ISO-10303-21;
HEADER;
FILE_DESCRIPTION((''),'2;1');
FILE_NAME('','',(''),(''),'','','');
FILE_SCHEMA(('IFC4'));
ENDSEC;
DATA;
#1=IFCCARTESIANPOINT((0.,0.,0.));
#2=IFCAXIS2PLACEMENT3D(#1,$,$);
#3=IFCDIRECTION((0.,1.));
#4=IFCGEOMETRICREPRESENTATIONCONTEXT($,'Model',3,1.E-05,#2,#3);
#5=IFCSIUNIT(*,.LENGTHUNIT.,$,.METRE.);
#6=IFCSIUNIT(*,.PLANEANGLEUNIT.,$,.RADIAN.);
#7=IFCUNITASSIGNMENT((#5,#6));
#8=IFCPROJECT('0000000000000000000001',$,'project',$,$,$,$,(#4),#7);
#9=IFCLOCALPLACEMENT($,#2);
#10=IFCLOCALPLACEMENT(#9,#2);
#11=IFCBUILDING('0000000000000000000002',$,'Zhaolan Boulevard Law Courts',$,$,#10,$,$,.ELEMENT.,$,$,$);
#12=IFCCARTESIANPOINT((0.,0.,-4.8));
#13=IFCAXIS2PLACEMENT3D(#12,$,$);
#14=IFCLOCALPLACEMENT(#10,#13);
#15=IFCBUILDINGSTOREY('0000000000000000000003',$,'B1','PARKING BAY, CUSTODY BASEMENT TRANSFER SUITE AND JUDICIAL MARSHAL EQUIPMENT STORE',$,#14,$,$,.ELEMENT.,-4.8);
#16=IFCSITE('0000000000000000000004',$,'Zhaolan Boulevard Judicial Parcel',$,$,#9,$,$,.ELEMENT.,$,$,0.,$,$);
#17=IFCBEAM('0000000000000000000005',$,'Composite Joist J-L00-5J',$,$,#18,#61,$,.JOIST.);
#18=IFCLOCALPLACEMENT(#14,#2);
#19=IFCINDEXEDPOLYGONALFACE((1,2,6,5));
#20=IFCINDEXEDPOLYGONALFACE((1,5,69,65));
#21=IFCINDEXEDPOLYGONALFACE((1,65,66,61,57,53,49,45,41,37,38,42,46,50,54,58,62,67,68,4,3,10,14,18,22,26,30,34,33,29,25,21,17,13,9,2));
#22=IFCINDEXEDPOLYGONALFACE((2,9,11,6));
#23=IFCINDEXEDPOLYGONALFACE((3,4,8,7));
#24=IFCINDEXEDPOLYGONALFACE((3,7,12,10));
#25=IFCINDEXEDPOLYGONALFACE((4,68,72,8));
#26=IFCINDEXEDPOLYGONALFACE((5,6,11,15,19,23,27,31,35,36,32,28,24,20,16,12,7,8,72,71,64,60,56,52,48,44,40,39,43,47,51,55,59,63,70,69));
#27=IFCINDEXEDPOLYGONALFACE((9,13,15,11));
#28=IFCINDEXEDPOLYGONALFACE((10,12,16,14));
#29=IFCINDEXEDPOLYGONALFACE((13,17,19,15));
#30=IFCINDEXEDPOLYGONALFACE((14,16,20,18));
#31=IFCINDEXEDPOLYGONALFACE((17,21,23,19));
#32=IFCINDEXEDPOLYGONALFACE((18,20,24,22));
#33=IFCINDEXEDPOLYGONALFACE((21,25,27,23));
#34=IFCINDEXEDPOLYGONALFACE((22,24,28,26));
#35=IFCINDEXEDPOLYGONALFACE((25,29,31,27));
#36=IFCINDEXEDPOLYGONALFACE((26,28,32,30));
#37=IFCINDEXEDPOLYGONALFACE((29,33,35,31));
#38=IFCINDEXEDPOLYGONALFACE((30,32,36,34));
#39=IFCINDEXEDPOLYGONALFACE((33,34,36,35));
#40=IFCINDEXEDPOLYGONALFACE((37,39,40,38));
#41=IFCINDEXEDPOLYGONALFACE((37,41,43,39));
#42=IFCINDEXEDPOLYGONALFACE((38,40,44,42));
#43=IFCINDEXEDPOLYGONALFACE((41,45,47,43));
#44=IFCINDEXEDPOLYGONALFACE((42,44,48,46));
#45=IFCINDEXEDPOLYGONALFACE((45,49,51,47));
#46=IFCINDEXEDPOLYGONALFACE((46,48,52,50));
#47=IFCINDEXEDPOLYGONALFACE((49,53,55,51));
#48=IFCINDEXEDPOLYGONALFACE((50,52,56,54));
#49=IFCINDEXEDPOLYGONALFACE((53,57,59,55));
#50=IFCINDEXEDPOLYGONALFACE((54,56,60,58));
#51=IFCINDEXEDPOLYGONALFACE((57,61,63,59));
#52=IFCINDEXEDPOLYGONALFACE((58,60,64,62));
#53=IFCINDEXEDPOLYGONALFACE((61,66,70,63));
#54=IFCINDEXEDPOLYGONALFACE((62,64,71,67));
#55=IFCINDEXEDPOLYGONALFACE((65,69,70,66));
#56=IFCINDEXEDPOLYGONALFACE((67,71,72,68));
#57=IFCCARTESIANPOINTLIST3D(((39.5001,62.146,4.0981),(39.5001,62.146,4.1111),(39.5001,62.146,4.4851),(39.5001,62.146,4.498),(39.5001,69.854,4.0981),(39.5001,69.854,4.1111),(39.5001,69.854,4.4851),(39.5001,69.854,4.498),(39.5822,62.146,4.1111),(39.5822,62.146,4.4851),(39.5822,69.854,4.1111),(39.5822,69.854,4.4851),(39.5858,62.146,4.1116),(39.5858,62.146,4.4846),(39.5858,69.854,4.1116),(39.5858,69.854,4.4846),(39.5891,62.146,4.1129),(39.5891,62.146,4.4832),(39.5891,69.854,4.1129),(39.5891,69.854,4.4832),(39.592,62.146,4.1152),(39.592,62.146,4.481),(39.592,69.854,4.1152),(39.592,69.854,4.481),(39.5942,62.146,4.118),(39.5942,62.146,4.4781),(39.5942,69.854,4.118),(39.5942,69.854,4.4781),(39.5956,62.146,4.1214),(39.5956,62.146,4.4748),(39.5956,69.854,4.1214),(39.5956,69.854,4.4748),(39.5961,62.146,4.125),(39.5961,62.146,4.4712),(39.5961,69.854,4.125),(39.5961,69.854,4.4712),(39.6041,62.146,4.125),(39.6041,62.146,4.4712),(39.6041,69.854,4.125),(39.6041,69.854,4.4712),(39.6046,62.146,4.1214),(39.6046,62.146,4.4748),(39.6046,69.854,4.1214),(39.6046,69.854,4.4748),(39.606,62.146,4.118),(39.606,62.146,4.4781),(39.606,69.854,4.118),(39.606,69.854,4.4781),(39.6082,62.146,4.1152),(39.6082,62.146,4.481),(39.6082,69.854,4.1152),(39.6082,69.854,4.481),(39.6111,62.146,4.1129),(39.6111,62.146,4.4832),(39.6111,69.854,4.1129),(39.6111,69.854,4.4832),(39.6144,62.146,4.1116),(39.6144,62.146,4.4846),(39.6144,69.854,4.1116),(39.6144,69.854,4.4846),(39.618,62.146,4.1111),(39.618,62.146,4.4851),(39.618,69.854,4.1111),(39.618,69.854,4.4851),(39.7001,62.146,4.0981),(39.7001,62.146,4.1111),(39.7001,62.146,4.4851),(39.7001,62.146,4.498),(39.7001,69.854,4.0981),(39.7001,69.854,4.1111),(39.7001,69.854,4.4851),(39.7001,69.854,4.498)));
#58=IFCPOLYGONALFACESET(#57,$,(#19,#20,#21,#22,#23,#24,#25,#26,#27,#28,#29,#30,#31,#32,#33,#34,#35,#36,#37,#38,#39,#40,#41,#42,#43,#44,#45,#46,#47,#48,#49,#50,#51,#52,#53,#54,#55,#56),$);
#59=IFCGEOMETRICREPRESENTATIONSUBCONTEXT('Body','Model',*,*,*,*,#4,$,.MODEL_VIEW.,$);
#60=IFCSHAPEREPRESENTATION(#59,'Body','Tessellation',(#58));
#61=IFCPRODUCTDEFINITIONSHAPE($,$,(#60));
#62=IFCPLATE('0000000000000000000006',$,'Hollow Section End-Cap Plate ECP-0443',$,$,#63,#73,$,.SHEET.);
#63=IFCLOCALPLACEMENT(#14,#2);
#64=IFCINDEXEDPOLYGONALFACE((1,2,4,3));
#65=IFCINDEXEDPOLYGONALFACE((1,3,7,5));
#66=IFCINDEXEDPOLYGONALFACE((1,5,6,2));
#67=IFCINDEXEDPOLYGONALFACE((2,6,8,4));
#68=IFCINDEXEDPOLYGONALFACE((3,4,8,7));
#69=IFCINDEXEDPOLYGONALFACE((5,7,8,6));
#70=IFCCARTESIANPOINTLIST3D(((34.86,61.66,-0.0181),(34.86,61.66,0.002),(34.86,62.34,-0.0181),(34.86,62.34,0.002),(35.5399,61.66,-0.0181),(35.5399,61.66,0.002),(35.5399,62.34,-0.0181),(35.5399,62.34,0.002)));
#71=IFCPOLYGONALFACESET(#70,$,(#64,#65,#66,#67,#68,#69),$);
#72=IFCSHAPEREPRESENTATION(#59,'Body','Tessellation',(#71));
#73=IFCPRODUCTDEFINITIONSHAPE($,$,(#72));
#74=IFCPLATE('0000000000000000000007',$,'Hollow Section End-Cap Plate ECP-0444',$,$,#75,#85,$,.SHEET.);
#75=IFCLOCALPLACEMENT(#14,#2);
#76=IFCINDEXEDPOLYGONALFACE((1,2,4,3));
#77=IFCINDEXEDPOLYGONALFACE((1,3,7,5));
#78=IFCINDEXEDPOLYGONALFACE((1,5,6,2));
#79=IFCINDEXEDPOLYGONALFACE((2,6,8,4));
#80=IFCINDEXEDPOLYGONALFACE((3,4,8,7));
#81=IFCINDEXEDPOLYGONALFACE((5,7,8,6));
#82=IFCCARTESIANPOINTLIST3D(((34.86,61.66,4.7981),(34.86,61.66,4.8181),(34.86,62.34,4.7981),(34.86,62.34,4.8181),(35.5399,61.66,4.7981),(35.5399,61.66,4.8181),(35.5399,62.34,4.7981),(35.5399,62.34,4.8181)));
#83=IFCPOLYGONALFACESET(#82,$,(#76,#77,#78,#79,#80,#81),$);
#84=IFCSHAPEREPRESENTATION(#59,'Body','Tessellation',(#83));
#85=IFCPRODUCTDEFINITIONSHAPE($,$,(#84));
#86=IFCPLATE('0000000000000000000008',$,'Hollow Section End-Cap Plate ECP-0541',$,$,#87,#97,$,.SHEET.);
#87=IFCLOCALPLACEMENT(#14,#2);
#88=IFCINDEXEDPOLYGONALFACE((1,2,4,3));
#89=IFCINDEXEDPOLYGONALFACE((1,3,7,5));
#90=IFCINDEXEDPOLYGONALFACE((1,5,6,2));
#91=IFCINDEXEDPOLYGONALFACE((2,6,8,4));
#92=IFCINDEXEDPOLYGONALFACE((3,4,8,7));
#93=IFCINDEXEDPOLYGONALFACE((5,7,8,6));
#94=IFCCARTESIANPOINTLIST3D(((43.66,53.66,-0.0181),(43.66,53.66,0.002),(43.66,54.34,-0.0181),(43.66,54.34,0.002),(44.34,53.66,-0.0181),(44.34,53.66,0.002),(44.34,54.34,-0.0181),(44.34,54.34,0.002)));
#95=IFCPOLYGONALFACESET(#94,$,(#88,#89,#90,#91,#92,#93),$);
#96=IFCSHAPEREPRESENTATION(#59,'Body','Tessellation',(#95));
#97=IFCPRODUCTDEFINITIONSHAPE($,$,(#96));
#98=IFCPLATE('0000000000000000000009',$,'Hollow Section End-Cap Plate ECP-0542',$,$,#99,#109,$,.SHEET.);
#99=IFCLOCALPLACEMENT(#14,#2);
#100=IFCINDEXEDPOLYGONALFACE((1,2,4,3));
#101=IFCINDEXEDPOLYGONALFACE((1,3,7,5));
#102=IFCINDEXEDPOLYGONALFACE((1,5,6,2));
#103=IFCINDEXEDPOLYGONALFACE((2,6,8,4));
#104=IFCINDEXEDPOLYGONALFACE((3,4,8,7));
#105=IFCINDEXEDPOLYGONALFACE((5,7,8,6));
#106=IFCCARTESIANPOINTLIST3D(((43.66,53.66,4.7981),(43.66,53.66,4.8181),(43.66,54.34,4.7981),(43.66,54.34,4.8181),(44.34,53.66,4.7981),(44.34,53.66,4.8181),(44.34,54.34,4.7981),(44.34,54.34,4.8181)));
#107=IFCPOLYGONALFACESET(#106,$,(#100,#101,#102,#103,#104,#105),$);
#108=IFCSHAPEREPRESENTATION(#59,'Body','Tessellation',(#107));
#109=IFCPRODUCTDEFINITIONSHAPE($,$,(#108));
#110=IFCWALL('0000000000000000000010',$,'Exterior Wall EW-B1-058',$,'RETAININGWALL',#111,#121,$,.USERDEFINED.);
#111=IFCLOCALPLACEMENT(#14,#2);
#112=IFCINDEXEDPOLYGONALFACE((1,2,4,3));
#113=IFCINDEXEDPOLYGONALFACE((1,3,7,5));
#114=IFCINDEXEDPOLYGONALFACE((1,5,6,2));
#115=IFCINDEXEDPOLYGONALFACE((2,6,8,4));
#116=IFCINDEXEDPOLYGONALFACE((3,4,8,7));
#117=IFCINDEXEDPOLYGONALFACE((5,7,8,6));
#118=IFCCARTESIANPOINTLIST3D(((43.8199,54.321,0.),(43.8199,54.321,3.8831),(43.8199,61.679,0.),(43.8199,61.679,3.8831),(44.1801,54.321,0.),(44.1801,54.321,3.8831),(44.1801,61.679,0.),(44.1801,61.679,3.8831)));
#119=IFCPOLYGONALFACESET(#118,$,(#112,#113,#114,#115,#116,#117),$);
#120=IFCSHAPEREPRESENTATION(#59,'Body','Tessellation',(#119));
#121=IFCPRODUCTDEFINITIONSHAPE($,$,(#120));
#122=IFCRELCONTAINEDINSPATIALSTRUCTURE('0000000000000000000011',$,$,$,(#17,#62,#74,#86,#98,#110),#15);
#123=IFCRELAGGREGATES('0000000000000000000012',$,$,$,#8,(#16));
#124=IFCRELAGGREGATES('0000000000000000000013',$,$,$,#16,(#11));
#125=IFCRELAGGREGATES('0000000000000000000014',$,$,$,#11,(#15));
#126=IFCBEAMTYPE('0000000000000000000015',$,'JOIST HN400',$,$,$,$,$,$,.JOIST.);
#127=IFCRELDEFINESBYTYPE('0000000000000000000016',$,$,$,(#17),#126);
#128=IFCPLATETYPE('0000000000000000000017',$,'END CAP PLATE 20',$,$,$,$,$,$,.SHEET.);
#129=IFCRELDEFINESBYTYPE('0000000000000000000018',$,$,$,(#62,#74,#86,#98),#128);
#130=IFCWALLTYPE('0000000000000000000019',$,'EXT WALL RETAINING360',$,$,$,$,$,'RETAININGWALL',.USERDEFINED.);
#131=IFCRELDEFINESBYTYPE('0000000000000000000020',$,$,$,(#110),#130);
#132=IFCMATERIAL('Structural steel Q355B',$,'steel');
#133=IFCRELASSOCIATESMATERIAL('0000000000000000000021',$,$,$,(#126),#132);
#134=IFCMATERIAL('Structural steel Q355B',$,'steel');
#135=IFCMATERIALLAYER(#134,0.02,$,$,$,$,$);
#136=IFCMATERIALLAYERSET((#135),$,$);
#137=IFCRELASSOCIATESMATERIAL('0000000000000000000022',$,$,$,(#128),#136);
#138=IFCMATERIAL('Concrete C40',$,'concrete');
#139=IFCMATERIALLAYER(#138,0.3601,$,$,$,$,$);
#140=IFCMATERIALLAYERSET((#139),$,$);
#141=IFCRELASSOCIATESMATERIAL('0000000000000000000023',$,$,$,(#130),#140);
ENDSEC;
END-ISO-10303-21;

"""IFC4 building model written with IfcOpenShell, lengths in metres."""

from ifc_helpers import new_model, si_unit, direction, frame, frame_2d, origin, origin_2d, place, context, subcontext, project, spatial, rectangle, i_section, extrude, material, layer, layer_set, material_profile, profile_set, type_object, element, save


model = new_model("IFC4")

# Units and contexts
model_context = context("Model", 3, precision=1e-05, world=origin(), true_north=direction((0.0, 1.0)))
body_context = subcontext(model_context, "Body", "Model", "MODEL_VIEW")
ifc_project = project(units=[si_unit("LENGTHUNIT", "METRE"), si_unit("PLANEANGLEUNIT", "RADIAN")], contexts=[model_context])

# Site, building, storey
site_placement = place(None, origin())
site = spatial("IfcSite", under=ifc_project, at=site_placement, Name="Zhaolan Boulevard Judicial Parcel", CompositionType="ELEMENT", RefElevation=0.0)
building_placement = place(site_placement, origin())
building = spatial("IfcBuilding", under=site, at=building_placement, Name="Zhaolan Boulevard Law Courts", CompositionType="ELEMENT")
storey_placement = place(building_placement, frame((0.0, 0.0, -4.8)))
storey = spatial("IfcBuildingStorey", under=building, at=storey_placement, Name="B1", Description="PARKING BAY, CUSTODY BASEMENT TRANSFER SUITE AND JUDICIAL MARSHAL EQUIPMENT STORE", CompositionType="ELEMENT", Elevation=-4.8)

# Beam
ifc_material_1 = material(Name="Structural steel Q355B", Category="steel")
ifc_material_profile_1 = material_profile(ifc_material_1, i_section(OverallWidth=0.2, OverallDepth=0.3999, WebThickness=0.0081, FlangeThickness=0.0129, FilletRadius=0.0139, at=origin_2d()), Name="HN400x200")
ifc_profile_set_1 = profile_set([ifc_material_profile_1], Name="Structural steel Q355B")
beam_type_1 = type_object("IfcBeamType", Name="JOIST HN400", PredefinedType="JOIST", material=ifc_profile_set_1)
beam_1_placement = place(storey_placement, frame((39.6001, 62.146, 4.2981), z_axis=(0.0, 1.0, 0.0), x_axis=(-1.0, 0.0, 0.0)))
element("IfcBeam", 1, at=beam_1_placement, inside=storey, type_object=beam_type_1, Name="Composite Joist J-L00-5J", PredefinedType="JOIST", context=body_context, shape_type="SweptSolid", body=[
    extrude(i_section(OverallWidth=0.2, OverallDepth=0.3999, WebThickness=0.0081, FlangeThickness=0.0129, FilletRadius=0.0139, at=origin_2d()), origin(), (0.0, 0.0, 1.0), 7.708),
])

# Plates
ifc_material_2 = material(Name="Structural steel Q355B", Category="steel")
ifc_layer_1 = layer(ifc_material_2, 0.02)
ifc_layer_set_1 = layer_set([ifc_layer_1])
plate_type = type_object("IfcPlateType", Name="END CAP PLATE 20", PredefinedType="SHEET", material=ifc_layer_set_1)
for number, where, z_axis, x_axis, name in (
    (2, (35.2, 62.0, -0.0181), (0.0, 0.0, 1.0), (1.0, 0.0, 0.0), "Hollow Section End-Cap Plate ECP-0443"),
    (3, (35.2, 62.0, 4.7981), (0.0, 0.0, 1.0), (1.0, 0.0, 0.0), "Hollow Section End-Cap Plate ECP-0444"),
    (4, (44.0, 54.0, -0.0181), (0.0, 0.0, 1.0), (1.0, 0.0, 0.0), "Hollow Section End-Cap Plate ECP-0541"),
    (5, (44.0, 54.0, 4.7981), (0.0, 0.0, 1.0), (1.0, 0.0, 0.0), "Hollow Section End-Cap Plate ECP-0542"),
):
    element("IfcPlate", number, at=place(storey_placement, frame(where, z_axis=z_axis, x_axis=x_axis)), inside=storey, type_object=plate_type, Name=name, PredefinedType="SHEET", context=body_context, shape_type="SweptSolid", body=[
        extrude(rectangle(XDim=0.6799, YDim=0.6799, at=origin_2d()), origin(), (0.0, 0.0, 1.0), 0.02),
    ])

# Wall
ifc_material_3 = material(Name="Concrete C40", Category="concrete")
ifc_layer_2 = layer(ifc_material_3, 0.3601)
ifc_layer_set_2 = layer_set([ifc_layer_2])
wall_type = type_object("IfcWallType", Name="EXT WALL RETAINING360", ElementType="RETAININGWALL", PredefinedType="USERDEFINED", material=ifc_layer_set_2)
wall_placement = place(storey_placement, frame((44.0, 54.321, 0.0), z_axis=(0.0, 0.0, 1.0), x_axis=(0.0, 1.0, 0.0)))
element("IfcWall", 6, at=wall_placement, inside=storey, type_object=wall_type, Name="Exterior Wall EW-B1-058", ObjectType="RETAININGWALL", PredefinedType="USERDEFINED", context=body_context, shape_type="SweptSolid", body=[
    extrude(rectangle(XDim=7.3579, YDim=0.3601, at=frame_2d((3.679, 0.0))), origin(), (0.0, 0.0, 1.0), 3.8831),
])

save(model, "model.ifc")
